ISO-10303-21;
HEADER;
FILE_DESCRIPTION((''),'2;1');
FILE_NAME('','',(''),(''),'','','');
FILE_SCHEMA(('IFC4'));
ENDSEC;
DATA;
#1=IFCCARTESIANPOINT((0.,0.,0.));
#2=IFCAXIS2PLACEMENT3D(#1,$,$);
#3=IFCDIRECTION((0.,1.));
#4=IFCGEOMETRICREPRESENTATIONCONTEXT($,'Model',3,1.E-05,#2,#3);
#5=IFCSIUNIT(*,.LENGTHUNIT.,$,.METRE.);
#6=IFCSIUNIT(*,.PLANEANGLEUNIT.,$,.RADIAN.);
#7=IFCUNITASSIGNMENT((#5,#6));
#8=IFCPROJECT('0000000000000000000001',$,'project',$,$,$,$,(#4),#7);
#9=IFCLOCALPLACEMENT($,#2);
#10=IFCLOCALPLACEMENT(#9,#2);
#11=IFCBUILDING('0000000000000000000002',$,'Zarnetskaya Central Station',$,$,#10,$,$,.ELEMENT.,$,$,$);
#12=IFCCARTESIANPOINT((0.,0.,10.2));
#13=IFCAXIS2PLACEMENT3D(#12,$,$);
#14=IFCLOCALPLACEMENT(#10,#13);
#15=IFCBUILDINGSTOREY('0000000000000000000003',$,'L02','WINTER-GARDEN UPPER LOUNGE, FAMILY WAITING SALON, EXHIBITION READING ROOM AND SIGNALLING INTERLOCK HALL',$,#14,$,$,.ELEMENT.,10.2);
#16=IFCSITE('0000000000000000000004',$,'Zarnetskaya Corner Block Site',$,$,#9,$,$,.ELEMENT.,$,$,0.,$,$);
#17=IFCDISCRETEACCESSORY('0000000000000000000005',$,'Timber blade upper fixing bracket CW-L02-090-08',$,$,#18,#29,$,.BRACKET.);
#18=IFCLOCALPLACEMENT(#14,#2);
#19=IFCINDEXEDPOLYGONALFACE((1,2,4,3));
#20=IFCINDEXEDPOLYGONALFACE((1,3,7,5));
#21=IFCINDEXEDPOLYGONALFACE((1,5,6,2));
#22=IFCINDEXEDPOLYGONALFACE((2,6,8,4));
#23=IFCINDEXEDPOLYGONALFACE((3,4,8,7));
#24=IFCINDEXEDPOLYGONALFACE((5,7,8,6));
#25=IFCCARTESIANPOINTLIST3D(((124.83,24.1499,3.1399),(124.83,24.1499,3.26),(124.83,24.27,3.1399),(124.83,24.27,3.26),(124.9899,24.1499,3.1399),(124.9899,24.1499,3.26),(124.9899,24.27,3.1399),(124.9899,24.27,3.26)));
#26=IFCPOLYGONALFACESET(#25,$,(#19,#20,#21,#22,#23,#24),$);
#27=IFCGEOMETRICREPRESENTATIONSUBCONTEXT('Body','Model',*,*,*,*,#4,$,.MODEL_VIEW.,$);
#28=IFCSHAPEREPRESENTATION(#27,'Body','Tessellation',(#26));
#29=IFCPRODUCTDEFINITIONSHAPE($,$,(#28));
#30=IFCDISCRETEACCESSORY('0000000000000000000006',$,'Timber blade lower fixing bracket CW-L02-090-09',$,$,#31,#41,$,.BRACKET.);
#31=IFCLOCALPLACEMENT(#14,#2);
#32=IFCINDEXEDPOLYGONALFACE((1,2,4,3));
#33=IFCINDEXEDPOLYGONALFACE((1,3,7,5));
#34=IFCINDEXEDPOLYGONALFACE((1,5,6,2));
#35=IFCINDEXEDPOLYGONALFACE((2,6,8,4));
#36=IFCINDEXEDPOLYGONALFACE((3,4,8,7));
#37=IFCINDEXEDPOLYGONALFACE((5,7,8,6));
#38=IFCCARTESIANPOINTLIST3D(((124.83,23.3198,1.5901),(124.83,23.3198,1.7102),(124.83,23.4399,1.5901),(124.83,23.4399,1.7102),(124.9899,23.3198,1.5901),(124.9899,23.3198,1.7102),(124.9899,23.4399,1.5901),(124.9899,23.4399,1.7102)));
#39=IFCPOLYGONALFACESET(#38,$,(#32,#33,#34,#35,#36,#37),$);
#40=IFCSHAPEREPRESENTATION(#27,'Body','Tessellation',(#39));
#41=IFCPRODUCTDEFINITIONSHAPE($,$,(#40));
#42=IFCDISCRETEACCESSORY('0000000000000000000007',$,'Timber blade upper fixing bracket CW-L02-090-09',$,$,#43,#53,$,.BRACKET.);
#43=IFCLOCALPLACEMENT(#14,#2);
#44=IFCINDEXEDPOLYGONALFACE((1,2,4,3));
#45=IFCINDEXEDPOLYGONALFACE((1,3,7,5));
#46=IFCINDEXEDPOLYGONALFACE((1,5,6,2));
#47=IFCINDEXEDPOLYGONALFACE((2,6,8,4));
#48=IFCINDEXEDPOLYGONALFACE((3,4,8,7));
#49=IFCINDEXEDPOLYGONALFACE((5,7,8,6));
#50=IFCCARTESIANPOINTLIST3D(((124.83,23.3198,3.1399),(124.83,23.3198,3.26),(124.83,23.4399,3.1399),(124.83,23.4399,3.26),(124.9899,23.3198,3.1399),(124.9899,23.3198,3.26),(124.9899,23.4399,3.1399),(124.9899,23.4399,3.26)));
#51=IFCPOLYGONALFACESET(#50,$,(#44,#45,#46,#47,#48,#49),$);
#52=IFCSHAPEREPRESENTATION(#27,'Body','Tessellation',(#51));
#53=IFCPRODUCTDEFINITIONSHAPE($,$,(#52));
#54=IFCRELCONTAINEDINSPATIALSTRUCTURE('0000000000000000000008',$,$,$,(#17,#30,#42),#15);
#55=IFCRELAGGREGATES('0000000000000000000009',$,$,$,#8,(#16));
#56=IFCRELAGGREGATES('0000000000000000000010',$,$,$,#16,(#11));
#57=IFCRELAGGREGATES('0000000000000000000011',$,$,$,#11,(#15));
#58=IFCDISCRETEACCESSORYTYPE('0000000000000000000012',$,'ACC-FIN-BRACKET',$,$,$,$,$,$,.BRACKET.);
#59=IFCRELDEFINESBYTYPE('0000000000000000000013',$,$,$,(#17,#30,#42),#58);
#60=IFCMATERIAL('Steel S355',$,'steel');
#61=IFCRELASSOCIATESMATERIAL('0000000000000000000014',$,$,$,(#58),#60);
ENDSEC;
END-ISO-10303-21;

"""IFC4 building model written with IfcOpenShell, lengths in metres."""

from ifc_helpers import new_model, si_unit, direction, frame, origin, origin_2d, place, context, subcontext, project, spatial, rectangle, extrude, material, type_object, element, save


model = new_model("IFC4")

# Units and contexts
model_context = context("Model", 3, precision=1e-05, world=origin(), true_north=direction((0.0, 1.0)))
body_context = subcontext(model_context, "Body", "Model", "MODEL_VIEW")
ifc_project = project(units=[si_unit("LENGTHUNIT", "METRE"), si_unit("PLANEANGLEUNIT", "RADIAN")], contexts=[model_context])

# Site, building, storey
site_placement = place(None, origin())
site = spatial("IfcSite", under=ifc_project, at=site_placement, Name="Zarnetskaya Corner Block Site", CompositionType="ELEMENT", RefElevation=0.0)
building_placement = place(site_placement, origin())
building = spatial("IfcBuilding", under=site, at=building_placement, Name="Zarnetskaya Central Station", CompositionType="ELEMENT")
storey_placement = place(building_placement, frame((0.0, 0.0, 10.2)))
storey = spatial("IfcBuildingStorey", under=building, at=storey_placement, Name="L02", Description="WINTER-GARDEN UPPER LOUNGE, FAMILY WAITING SALON, EXHIBITION READING ROOM AND SIGNALLING INTERLOCK HALL", CompositionType="ELEMENT", Elevation=10.2)

# Shared definitions
ifc_material_1 = material(Name="Steel S355", Category="steel")

# Discrete accessories
discrete_accessory_type = type_object("IfcDiscreteAccessoryType", Name="ACC-FIN-BRACKET", PredefinedType="BRACKET", material=ifc_material_1)
for number, where, z_axis, x_axis, name in (
    (1, (124.9099, 24.21, 3.1399), (0.0, 0.0, 1.0), (0.0, -1.0, 0.0), "Timber blade upper fixing bracket CW-L02-090-08"),
    (2, (124.9099, 23.3799, 1.5901), (0.0, 0.0, 1.0), (0.0, -1.0, 0.0), "Timber blade lower fixing bracket CW-L02-090-09"),
    (3, (124.9099, 23.3799, 3.1399), (0.0, 0.0, 1.0), (0.0, -1.0, 0.0), "Timber blade upper fixing bracket CW-L02-090-09"),
):
    element("IfcDiscreteAccessory", number, at=place(storey_placement, frame(where, z_axis=z_axis, x_axis=x_axis)), inside=storey, type_object=discrete_accessory_type, Name=name, PredefinedType="BRACKET", context=body_context, shape_type="SweptSolid", body=[
        extrude(rectangle(XDim=0.1201, YDim=0.1599, at=origin_2d()), origin(), (0.0, 0.0, 1.0), 0.1201),
    ])

save(model, "model.ifc")
